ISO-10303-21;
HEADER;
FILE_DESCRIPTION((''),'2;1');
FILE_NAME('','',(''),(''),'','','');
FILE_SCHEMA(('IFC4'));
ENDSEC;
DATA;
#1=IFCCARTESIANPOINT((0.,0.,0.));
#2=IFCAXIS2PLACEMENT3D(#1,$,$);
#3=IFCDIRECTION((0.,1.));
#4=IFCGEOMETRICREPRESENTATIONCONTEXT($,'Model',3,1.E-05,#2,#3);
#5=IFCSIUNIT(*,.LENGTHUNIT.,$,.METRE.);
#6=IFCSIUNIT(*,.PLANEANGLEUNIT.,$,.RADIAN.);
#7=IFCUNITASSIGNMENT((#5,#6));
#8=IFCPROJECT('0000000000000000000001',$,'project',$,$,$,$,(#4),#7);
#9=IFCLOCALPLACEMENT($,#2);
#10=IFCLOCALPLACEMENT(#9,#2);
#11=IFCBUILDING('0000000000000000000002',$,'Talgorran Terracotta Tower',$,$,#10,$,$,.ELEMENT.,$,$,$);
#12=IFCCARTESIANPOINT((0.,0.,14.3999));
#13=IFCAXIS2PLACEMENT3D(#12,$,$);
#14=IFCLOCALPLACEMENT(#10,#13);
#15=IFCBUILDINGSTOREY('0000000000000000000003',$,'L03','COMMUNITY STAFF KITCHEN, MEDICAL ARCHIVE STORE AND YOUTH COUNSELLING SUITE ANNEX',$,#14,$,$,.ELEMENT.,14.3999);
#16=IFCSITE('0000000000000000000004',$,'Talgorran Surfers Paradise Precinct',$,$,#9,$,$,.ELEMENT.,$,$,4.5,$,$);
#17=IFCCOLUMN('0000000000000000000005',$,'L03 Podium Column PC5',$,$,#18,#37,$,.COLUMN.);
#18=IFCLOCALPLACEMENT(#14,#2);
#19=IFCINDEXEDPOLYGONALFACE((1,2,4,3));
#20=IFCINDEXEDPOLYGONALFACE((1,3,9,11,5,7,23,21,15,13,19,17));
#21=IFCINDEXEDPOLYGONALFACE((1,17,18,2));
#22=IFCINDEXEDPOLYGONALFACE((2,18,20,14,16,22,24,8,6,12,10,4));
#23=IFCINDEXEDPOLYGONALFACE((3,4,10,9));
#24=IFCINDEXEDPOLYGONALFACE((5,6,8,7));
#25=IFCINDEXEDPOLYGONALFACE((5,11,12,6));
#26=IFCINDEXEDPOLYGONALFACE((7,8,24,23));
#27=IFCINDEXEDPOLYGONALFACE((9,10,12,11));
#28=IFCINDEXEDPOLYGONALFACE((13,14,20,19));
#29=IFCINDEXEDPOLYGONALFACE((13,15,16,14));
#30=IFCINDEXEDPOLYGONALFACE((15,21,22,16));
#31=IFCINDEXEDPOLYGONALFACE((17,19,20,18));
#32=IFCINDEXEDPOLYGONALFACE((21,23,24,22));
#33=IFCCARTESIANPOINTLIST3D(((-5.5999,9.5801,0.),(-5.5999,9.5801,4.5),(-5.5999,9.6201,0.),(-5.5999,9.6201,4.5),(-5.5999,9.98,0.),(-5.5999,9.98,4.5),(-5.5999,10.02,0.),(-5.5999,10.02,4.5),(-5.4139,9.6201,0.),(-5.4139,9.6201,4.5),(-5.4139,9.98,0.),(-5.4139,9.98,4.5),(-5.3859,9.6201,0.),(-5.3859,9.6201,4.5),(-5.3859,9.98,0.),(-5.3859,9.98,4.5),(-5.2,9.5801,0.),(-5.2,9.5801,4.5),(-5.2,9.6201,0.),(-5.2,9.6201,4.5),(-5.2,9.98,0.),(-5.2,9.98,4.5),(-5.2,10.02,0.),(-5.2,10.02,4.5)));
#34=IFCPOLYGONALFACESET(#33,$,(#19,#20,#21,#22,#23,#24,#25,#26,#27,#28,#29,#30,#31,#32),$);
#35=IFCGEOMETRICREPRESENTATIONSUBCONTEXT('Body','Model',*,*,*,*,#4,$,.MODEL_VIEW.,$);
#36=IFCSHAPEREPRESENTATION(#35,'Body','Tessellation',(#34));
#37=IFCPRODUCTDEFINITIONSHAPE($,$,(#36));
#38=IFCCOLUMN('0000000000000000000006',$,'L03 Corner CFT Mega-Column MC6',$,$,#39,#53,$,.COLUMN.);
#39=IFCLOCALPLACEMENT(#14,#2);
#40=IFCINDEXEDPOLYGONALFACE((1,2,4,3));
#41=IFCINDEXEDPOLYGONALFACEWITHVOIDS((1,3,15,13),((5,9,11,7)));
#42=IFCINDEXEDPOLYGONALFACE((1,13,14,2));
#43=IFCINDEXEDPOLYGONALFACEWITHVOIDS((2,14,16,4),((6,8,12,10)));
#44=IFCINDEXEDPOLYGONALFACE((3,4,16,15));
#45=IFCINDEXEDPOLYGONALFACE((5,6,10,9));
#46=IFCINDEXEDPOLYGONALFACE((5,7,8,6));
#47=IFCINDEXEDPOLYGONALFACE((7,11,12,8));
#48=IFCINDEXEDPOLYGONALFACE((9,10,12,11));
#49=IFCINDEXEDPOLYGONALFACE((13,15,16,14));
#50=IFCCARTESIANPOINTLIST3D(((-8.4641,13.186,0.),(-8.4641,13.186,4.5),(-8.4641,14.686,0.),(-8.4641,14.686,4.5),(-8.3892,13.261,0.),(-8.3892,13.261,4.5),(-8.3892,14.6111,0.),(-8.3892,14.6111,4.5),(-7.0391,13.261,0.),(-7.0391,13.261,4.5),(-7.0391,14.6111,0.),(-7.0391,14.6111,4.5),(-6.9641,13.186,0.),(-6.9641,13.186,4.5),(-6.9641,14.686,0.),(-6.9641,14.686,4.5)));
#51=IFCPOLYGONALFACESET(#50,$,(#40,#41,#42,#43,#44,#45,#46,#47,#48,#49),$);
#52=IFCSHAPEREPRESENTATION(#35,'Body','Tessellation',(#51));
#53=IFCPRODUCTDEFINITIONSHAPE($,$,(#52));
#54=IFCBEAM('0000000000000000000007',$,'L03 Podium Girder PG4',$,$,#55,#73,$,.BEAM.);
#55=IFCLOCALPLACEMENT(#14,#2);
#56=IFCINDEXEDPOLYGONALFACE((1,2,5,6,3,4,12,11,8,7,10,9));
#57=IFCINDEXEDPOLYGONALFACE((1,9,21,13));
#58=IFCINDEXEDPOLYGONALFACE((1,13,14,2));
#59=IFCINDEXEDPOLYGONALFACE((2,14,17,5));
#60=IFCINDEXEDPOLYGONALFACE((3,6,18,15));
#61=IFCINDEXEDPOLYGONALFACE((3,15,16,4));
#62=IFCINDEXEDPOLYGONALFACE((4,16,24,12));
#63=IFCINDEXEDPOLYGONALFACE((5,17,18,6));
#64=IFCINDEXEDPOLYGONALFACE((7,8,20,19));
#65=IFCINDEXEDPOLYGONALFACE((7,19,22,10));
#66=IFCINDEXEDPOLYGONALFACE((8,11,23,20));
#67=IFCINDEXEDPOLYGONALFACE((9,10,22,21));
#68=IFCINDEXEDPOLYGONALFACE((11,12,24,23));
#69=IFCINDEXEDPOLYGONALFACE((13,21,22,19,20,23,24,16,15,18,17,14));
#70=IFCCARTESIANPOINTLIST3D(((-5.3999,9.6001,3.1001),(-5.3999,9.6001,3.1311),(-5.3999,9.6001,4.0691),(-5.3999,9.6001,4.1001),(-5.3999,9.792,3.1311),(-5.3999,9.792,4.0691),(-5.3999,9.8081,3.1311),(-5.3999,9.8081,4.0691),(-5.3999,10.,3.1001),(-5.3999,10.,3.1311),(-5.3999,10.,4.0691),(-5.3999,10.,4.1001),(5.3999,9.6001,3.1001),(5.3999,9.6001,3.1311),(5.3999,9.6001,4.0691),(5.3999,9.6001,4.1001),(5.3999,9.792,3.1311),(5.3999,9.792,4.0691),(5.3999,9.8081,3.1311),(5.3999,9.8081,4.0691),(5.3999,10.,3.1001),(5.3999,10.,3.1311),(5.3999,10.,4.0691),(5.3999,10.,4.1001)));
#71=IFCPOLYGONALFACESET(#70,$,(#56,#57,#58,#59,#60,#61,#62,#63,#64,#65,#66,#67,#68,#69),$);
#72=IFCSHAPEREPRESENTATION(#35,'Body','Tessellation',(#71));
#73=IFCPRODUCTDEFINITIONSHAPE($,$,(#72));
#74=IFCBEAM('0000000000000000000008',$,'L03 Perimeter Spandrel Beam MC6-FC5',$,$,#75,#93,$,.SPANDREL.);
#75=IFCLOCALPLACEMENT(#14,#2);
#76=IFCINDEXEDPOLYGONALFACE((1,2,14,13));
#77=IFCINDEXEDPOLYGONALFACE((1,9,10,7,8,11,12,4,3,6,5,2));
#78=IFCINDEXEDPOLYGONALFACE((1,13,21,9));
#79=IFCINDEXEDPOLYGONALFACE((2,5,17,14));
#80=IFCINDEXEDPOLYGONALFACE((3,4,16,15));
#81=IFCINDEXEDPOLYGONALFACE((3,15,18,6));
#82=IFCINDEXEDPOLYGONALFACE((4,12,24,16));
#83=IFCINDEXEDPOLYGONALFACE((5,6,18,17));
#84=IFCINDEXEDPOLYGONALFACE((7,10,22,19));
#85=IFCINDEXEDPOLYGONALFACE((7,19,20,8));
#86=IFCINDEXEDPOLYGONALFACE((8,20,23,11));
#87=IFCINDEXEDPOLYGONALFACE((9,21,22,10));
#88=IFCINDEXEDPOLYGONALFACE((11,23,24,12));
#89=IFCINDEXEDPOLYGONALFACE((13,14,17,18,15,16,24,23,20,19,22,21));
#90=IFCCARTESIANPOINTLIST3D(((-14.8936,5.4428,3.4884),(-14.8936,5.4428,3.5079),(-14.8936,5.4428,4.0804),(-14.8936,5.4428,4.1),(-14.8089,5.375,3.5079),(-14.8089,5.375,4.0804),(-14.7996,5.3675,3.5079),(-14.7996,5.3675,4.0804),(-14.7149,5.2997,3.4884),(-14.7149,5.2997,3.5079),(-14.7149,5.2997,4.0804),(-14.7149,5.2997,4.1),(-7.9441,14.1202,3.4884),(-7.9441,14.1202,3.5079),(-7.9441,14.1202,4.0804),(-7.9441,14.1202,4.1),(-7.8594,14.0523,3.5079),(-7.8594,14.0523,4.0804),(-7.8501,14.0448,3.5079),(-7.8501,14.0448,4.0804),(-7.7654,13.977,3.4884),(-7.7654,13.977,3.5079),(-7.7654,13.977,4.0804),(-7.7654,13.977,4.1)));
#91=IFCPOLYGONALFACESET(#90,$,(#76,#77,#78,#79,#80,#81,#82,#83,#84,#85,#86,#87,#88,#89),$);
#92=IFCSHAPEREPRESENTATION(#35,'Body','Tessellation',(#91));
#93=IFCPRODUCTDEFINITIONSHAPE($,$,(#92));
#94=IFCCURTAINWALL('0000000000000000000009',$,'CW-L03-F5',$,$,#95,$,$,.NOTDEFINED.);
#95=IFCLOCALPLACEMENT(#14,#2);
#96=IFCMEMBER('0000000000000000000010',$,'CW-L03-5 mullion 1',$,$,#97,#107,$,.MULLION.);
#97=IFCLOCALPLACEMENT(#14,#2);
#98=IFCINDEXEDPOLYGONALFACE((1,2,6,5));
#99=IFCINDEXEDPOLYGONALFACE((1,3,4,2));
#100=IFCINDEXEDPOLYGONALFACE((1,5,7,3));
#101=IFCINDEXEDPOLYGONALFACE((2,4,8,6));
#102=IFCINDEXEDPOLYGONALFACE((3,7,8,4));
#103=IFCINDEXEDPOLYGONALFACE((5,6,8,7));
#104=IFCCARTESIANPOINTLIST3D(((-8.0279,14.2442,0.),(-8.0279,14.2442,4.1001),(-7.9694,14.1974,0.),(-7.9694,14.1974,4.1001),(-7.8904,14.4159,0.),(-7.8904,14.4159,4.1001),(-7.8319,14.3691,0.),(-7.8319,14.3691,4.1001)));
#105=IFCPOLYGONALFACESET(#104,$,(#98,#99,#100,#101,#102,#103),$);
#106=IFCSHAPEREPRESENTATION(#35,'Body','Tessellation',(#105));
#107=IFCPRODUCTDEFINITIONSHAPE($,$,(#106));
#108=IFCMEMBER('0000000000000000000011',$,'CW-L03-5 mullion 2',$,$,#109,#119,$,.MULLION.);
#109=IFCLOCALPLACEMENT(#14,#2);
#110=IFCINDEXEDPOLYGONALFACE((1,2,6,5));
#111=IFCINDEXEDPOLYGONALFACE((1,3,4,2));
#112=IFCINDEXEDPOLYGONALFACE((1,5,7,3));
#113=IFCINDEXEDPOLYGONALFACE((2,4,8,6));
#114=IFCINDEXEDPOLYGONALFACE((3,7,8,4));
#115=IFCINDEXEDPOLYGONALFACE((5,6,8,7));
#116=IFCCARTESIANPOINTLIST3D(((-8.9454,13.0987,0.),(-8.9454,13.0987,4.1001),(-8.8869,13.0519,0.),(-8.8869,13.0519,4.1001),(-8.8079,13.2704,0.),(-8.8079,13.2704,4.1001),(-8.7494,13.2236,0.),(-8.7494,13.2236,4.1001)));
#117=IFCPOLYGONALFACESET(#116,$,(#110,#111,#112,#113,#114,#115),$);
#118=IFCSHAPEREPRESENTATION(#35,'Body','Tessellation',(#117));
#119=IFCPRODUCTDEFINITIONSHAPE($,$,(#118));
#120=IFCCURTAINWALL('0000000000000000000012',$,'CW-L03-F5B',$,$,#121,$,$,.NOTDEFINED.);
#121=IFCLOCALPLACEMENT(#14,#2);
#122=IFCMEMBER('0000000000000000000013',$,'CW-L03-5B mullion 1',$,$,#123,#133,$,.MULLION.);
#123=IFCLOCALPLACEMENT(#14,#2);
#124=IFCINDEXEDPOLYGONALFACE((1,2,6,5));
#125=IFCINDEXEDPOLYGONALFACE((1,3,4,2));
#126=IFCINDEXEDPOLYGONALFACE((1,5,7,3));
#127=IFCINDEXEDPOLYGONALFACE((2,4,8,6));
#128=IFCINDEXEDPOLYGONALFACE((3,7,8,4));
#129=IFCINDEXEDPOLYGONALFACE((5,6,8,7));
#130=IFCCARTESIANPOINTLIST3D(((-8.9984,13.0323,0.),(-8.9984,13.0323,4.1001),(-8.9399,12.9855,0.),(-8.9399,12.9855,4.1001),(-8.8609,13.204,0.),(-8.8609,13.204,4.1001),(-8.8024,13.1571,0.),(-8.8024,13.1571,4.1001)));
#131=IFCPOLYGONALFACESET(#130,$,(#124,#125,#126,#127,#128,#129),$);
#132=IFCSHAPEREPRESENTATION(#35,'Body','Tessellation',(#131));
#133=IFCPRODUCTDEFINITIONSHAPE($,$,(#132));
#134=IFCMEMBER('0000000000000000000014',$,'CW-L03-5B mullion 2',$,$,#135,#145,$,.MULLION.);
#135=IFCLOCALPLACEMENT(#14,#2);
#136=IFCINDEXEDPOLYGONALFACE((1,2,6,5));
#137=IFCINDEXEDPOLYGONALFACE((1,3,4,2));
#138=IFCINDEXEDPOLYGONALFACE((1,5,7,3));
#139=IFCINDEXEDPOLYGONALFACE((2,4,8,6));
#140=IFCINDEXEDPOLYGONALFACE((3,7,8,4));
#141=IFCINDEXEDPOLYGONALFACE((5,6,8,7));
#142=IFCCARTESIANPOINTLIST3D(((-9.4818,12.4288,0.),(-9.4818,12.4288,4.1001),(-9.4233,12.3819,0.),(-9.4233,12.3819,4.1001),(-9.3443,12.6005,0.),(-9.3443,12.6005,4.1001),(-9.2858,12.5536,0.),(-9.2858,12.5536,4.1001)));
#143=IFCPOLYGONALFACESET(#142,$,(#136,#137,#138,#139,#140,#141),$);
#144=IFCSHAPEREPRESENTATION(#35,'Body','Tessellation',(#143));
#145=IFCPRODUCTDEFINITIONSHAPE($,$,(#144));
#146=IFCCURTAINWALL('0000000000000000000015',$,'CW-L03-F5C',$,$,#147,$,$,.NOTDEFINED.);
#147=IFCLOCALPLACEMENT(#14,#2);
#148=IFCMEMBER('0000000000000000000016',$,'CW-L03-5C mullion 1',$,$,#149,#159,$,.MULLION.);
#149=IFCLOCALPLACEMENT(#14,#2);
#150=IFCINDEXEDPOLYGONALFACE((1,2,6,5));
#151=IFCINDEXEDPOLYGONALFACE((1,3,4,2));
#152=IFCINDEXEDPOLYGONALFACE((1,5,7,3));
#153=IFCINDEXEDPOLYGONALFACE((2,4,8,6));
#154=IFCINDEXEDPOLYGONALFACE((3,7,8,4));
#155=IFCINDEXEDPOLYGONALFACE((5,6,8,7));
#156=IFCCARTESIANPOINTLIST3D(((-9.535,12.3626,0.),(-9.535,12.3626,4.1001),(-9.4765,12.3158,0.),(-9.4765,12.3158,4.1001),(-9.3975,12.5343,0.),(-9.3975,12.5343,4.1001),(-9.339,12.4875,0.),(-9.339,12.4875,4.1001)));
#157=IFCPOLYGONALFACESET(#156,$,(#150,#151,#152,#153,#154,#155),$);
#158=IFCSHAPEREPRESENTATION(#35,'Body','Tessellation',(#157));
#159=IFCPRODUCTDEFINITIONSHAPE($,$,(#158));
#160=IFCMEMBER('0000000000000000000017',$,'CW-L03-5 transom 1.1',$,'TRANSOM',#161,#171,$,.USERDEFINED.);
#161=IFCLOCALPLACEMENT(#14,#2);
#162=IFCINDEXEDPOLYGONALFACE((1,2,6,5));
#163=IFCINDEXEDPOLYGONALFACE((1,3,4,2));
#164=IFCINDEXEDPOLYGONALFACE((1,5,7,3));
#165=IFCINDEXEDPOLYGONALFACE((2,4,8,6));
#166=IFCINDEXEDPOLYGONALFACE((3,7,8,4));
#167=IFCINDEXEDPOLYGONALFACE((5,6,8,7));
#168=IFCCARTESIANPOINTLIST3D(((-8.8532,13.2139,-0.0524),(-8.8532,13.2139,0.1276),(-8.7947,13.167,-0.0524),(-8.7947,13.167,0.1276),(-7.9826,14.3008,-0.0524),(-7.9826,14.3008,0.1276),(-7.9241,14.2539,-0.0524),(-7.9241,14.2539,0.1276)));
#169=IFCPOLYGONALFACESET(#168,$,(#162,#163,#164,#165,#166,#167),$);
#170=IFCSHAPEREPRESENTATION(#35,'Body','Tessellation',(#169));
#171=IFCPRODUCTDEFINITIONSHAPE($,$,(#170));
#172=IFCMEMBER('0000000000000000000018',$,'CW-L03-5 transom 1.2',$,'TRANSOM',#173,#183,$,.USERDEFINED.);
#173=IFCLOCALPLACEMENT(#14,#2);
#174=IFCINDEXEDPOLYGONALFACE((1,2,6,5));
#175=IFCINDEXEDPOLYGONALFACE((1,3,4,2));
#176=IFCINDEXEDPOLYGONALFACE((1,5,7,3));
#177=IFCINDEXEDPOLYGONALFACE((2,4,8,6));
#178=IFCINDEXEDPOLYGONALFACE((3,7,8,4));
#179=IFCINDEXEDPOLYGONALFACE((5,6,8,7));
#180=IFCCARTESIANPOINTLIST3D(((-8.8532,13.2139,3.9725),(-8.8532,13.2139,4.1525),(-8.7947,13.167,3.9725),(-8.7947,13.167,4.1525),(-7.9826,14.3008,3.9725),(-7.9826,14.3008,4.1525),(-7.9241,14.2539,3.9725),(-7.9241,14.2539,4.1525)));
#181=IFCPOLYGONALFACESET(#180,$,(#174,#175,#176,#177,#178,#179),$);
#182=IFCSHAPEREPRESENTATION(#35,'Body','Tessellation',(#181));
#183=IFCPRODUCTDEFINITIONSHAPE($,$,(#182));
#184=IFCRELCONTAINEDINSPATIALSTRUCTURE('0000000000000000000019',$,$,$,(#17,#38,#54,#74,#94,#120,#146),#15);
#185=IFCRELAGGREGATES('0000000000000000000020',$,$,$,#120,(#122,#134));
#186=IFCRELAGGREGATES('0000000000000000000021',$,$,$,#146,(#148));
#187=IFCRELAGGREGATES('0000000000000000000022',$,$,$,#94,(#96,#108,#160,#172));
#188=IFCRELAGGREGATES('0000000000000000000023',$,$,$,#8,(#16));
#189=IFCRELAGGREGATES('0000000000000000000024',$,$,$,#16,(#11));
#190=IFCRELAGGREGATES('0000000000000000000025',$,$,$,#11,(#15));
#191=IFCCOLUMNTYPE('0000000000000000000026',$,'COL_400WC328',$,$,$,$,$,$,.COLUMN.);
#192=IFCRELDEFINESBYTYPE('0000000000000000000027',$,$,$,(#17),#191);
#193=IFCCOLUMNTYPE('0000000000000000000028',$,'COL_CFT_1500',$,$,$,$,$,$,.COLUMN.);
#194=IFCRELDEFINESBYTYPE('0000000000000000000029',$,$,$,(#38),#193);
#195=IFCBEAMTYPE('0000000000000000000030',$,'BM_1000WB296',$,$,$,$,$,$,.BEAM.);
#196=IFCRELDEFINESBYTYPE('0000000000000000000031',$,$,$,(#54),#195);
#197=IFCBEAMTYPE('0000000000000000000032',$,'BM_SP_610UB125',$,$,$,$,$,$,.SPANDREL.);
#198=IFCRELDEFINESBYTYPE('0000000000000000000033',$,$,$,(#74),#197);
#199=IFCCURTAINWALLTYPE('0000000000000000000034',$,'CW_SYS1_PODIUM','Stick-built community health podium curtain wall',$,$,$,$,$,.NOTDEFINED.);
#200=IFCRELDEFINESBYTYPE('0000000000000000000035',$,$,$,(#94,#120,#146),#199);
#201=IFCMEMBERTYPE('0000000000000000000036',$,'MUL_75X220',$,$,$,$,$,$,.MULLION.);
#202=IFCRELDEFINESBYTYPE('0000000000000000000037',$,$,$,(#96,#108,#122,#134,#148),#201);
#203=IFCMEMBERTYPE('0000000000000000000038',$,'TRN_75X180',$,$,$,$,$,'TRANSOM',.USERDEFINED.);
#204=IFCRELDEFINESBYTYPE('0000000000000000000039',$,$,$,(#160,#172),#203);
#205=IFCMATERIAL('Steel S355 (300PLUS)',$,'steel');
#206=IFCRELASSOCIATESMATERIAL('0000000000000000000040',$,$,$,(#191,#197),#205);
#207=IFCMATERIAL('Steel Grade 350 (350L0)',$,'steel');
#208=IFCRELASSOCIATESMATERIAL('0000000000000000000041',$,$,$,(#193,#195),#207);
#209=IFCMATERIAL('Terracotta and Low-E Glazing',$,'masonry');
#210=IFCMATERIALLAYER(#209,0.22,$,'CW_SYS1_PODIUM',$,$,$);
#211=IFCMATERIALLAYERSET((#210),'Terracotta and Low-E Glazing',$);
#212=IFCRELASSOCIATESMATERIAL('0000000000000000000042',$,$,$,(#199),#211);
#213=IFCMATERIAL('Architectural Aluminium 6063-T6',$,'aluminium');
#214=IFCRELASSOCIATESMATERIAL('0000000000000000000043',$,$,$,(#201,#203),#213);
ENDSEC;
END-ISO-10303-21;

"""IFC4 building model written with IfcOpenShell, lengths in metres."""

from ifc_helpers import new_model, si_unit, direction, frame, origin, origin_2d, place, context, subcontext, project, spatial, rectangle, hollow_rectangle, i_section, extrude, material, layer, layer_set, material_profile, profile_set, type_object, element, aggregate, save


model = new_model("IFC4")

# Units and contexts
model_context = context("Model", 3, precision=1e-05, world=origin(), true_north=direction((0.0, 1.0)))
body_context = subcontext(model_context, "Body", "Model", "MODEL_VIEW")
ifc_project = project(units=[si_unit("LENGTHUNIT", "METRE"), si_unit("PLANEANGLEUNIT", "RADIAN")], contexts=[model_context])

# Site, building, storey
site_placement = place(None, origin())
site = spatial("IfcSite", under=ifc_project, at=site_placement, Name="Talgorran Surfers Paradise Precinct", CompositionType="ELEMENT", RefElevation=4.5)
building_placement = place(site_placement, origin())
building = spatial("IfcBuilding", under=site, at=building_placement, Name="Talgorran Terracotta Tower", CompositionType="ELEMENT")
storey_placement = place(building_placement, frame((0.0, 0.0, 14.3999)))
storey = spatial("IfcBuildingStorey", under=building, at=storey_placement, Name="L03", Description="COMMUNITY STAFF KITCHEN, MEDICAL ARCHIVE STORE AND YOUTH COUNSELLING SUITE ANNEX", CompositionType="ELEMENT", Elevation=14.3999)

# Columns
ifc_material_1 = material(Name="Steel S355 (300PLUS)", Category="steel")
ifc_material_profile_1 = material_profile(ifc_material_1, i_section(OverallWidth=0.3999, OverallDepth=0.4399, WebThickness=0.0281, FlangeThickness=0.04, at=origin_2d()), Name="400WC328")
ifc_profile_set_1 = profile_set([ifc_material_profile_1], Name="Steel S355 (300PLUS)")
column_type_1 = type_object("IfcColumnType", Name="COL_400WC328", PredefinedType="COLUMN", material=ifc_profile_set_1)
column_1_placement = place(storey_placement, frame((-5.3999, 9.8, 0.0), z_axis=(0.0, 0.0, 1.0), x_axis=(1.0, 0.0, 0.0)))
element("IfcColumn", 1, at=column_1_placement, inside=storey, type_object=column_type_1, Name="L03 Podium Column PC5", PredefinedType="COLUMN", context=body_context, shape_type="SweptSolid", body=[
    extrude(i_section(OverallWidth=0.3999, OverallDepth=0.4399, WebThickness=0.0281, FlangeThickness=0.04, at=origin_2d()), origin(), (0.0, 0.0, 1.0), 4.5),
])
ifc_material_2 = material(Name="Steel Grade 350 (350L0)", Category="steel")
ifc_material_profile_2 = material_profile(ifc_material_2, hollow_rectangle(XDim=1.5, YDim=1.5, WallThickness=0.075, at=origin_2d()), Name="CFT1500X1500X75")
ifc_profile_set_2 = profile_set([ifc_material_profile_2], Name="Steel Grade 350 (350L0)")
column_type_2 = type_object("IfcColumnType", Name="COL_CFT_1500", PredefinedType="COLUMN", material=ifc_profile_set_2)
column_2_placement = place(storey_placement, frame((-7.7141, 13.936, 0.0), z_axis=(0.0, 0.0, 1.0), x_axis=(1.0, 0.0, 0.0)))
element("IfcColumn", 2, at=column_2_placement, inside=storey, type_object=column_type_2, Name="L03 Corner CFT Mega-Column MC6", PredefinedType="COLUMN", context=body_context, shape_type="SweptSolid", body=[
    extrude(hollow_rectangle(XDim=1.5, YDim=1.5, WallThickness=0.075, at=origin_2d()), origin(), (0.0, 0.0, 1.0), 4.5),
])

# Beams
ifc_material_profile_3 = material_profile(ifc_material_2, i_section(OverallWidth=0.3999, OverallDepth=1.0, WebThickness=0.0161, FlangeThickness=0.031, at=origin_2d()), Name="1000WB296")
ifc_profile_set_3 = profile_set([ifc_material_profile_3], Name="Steel Grade 350 (350L0)")
beam_type_1 = type_object("IfcBeamType", Name="BM_1000WB296", PredefinedType="BEAM", material=ifc_profile_set_3)
beam_1_placement = place(storey_placement, frame((-5.3999, 9.8, 3.6001), z_axis=(1.0, 0.0, 0.0), x_axis=(0.0, 1.0, 0.0)))
element("IfcBeam", 3, at=beam_1_placement, inside=storey, type_object=beam_type_1, Name="L03 Podium Girder PG4", PredefinedType="BEAM", context=body_context, shape_type="SweptSolid", body=[
    extrude(i_section(OverallWidth=0.3999, OverallDepth=1.0, WebThickness=0.0161, FlangeThickness=0.031, at=origin_2d()), origin(), (0.0, 0.0, 1.0), 10.7998),
])
ifc_material_profile_4 = material_profile(ifc_material_1, i_section(OverallWidth=0.229, OverallDepth=0.6116, WebThickness=0.012, FlangeThickness=0.0195, at=origin_2d()), Name="610UB125")
ifc_profile_set_4 = profile_set([ifc_material_profile_4], Name="Steel S355 (300PLUS)")
beam_type_2 = type_object("IfcBeamType", Name="BM_SP_610UB125", PredefinedType="SPANDREL", material=ifc_profile_set_4)
beam_2_placement = place(storey_placement, frame((-7.8547, 14.0486, 3.7942), z_axis=(-0.625115, -0.780532, 0.0), x_axis=(0.780532, -0.625115, 0.0)))
element("IfcBeam", 4, at=beam_2_placement, inside=storey, type_object=beam_type_2, Name="L03 Perimeter Spandrel Beam MC6-FC5", PredefinedType="SPANDREL", context=body_context, shape_type="SweptSolid", body=[
    extrude(i_section(OverallWidth=0.229, OverallDepth=0.6116, WebThickness=0.012, FlangeThickness=0.0195, at=origin_2d()), origin(), (0.0, 0.0, 1.0), 11.1172),
])

# Curtain walls, members
ifc_material_3 = material(Name="Terracotta and Low-E Glazing", Category="masonry")
ifc_layer_1 = layer(ifc_material_3, 0.22, Name="CW_SYS1_PODIUM")
ifc_layer_set_1 = layer_set([ifc_layer_1], Name="Terracotta and Low-E Glazing")
curtain_wall_type = type_object("IfcCurtainWallType", Name="CW_SYS1_PODIUM", Description="Stick-built community health podium curtain wall", PredefinedType="NOTDEFINED", material=ifc_layer_set_1)
curtain_wall_1_placement = place(storey_placement, origin())
curtain_wall_1 = element("IfcCurtainWall", 5, at=curtain_wall_1_placement, inside=storey, type_object=curtain_wall_type, Name="CW-L03-F5", PredefinedType="NOTDEFINED")
ifc_material_4 = material(Name="Architectural Aluminium 6063-T6", Category="aluminium")
ifc_material_profile_5 = material_profile(ifc_material_4, rectangle(XDim=0.075, YDim=0.22, at=origin_2d()), Name="CWM75X220")
ifc_profile_set_5 = profile_set([ifc_material_profile_5], Name="Architectural Aluminium 6063-T6")
member_type_1 = type_object("IfcMemberType", Name="MUL_75X220", PredefinedType="MULLION", material=ifc_profile_set_5)
member_1_placement = place(storey_placement, frame((-7.9299, 14.3066, 0.0), z_axis=(0.0, 0.0, 1.0), x_axis=(0.780515, -0.625138, 0.0)))
member_1 = element("IfcMember", 6, at=member_1_placement, type_object=member_type_1, Name="CW-L03-5 mullion 1", PredefinedType="MULLION", context=body_context, shape_type="SweptSolid", body=[
    extrude(rectangle(XDim=0.075, YDim=0.22, at=origin_2d()), origin(), (0.0, 0.0, 1.0), 4.1001),
])
member_2_placement = place(storey_placement, frame((-8.8474, 13.1611, 0.0), z_axis=(0.0, 0.0, 1.0), x_axis=(0.780515, -0.625138, 0.0)))
member_2 = element("IfcMember", 7, at=member_2_placement, type_object=member_type_1, Name="CW-L03-5 mullion 2", PredefinedType="MULLION", context=body_context, shape_type="SweptSolid", body=[
    extrude(rectangle(XDim=0.075, YDim=0.22, at=origin_2d()), origin(), (0.0, 0.0, 1.0), 4.1001),
])
curtain_wall_2_placement = place(storey_placement, origin())
curtain_wall_2 = element("IfcCurtainWall", 8, at=curtain_wall_2_placement, inside=storey, type_object=curtain_wall_type, Name="CW-L03-F5B", PredefinedType="NOTDEFINED")
member_3_placement = place(storey_placement, frame((-8.9004, 13.0947, 0.0), z_axis=(0.0, 0.0, 1.0), x_axis=(0.780512, -0.625141, 0.0)))
member_3 = element("IfcMember", 9, at=member_3_placement, type_object=member_type_1, Name="CW-L03-5B mullion 1", PredefinedType="MULLION", context=body_context, shape_type="SweptSolid", body=[
    extrude(rectangle(XDim=0.075, YDim=0.22, at=origin_2d()), origin(), (0.0, 0.0, 1.0), 4.1001),
])
member_4_placement = place(storey_placement, frame((-9.3838, 12.4912, 0.0), z_axis=(0.0, 0.0, 1.0), x_axis=(0.780512, -0.625141, 0.0)))
member_4 = element("IfcMember", 10, at=member_4_placement, type_object=member_type_1, Name="CW-L03-5B mullion 2", PredefinedType="MULLION", context=body_context, shape_type="SweptSolid", body=[
    extrude(rectangle(XDim=0.075, YDim=0.22, at=origin_2d()), origin(), (0.0, 0.0, 1.0), 4.1001),
])

# Curtain wall, member
curtain_wall_3_placement = place(storey_placement, origin())
curtain_wall_3 = element("IfcCurtainWall", 11, at=curtain_wall_3_placement, inside=storey, type_object=curtain_wall_type, Name="CW-L03-F5C", PredefinedType="NOTDEFINED")
member_5_placement = place(storey_placement, frame((-9.437, 12.425, 0.0), z_axis=(0.0, 0.0, 1.0), x_axis=(0.780531, -0.625117, 0.0)))
member_5 = element("IfcMember", 12, at=member_5_placement, type_object=member_type_1, Name="CW-L03-5C mullion 1", PredefinedType="MULLION", context=body_context, shape_type="SweptSolid", body=[
    extrude(rectangle(XDim=0.075, YDim=0.22, at=origin_2d()), origin(), (0.0, 0.0, 1.0), 4.1001),
])

# Members
ifc_material_profile_6 = material_profile(ifc_material_4, rectangle(XDim=0.075, YDim=0.1799, at=origin_2d()), Name="CWT75X180")
ifc_profile_set_6 = profile_set([ifc_material_profile_6], Name="Architectural Aluminium 6063-T6")
member_type_2 = type_object("IfcMemberType", Name="TRN_75X180", ElementType="TRANSOM", PredefinedType="USERDEFINED", material=ifc_profile_set_6)
member_6_placement = place(storey_placement, frame((-7.9534, 14.2773, 0.0376), z_axis=(-0.625165, -0.780492, 0.0), x_axis=(0.780492, -0.625165, 0.0)))
member_6 = element("IfcMember", 13, at=member_6_placement, type_object=member_type_2, Name="CW-L03-5 transom 1.1", ObjectType="TRANSOM", PredefinedType="USERDEFINED", context=body_context, shape_type="SweptSolid", body=[
    extrude(rectangle(XDim=0.075, YDim=0.1799, at=origin_2d()), origin(), (0.0, 0.0, 1.0), 1.3926),
])
member_7_placement = place(storey_placement, frame((-7.9534, 14.2773, 4.0625), z_axis=(-0.625165, -0.780492, 0.0), x_axis=(0.780492, -0.625165, 0.0)))
member_7 = element("IfcMember", 14, at=member_7_placement, type_object=member_type_2, Name="CW-L03-5 transom 1.2", ObjectType="TRANSOM", PredefinedType="USERDEFINED", context=body_context, shape_type="SweptSolid", body=[
    extrude(rectangle(XDim=0.075, YDim=0.1799, at=origin_2d()), origin(), (0.0, 0.0, 1.0), 1.3926),
])

aggregate(curtain_wall_2, [member_3, member_4])
aggregate(curtain_wall_3, [member_5])
aggregate(curtain_wall_1, [member_1, member_2, member_6, member_7])

save(model, "model.ifc")
